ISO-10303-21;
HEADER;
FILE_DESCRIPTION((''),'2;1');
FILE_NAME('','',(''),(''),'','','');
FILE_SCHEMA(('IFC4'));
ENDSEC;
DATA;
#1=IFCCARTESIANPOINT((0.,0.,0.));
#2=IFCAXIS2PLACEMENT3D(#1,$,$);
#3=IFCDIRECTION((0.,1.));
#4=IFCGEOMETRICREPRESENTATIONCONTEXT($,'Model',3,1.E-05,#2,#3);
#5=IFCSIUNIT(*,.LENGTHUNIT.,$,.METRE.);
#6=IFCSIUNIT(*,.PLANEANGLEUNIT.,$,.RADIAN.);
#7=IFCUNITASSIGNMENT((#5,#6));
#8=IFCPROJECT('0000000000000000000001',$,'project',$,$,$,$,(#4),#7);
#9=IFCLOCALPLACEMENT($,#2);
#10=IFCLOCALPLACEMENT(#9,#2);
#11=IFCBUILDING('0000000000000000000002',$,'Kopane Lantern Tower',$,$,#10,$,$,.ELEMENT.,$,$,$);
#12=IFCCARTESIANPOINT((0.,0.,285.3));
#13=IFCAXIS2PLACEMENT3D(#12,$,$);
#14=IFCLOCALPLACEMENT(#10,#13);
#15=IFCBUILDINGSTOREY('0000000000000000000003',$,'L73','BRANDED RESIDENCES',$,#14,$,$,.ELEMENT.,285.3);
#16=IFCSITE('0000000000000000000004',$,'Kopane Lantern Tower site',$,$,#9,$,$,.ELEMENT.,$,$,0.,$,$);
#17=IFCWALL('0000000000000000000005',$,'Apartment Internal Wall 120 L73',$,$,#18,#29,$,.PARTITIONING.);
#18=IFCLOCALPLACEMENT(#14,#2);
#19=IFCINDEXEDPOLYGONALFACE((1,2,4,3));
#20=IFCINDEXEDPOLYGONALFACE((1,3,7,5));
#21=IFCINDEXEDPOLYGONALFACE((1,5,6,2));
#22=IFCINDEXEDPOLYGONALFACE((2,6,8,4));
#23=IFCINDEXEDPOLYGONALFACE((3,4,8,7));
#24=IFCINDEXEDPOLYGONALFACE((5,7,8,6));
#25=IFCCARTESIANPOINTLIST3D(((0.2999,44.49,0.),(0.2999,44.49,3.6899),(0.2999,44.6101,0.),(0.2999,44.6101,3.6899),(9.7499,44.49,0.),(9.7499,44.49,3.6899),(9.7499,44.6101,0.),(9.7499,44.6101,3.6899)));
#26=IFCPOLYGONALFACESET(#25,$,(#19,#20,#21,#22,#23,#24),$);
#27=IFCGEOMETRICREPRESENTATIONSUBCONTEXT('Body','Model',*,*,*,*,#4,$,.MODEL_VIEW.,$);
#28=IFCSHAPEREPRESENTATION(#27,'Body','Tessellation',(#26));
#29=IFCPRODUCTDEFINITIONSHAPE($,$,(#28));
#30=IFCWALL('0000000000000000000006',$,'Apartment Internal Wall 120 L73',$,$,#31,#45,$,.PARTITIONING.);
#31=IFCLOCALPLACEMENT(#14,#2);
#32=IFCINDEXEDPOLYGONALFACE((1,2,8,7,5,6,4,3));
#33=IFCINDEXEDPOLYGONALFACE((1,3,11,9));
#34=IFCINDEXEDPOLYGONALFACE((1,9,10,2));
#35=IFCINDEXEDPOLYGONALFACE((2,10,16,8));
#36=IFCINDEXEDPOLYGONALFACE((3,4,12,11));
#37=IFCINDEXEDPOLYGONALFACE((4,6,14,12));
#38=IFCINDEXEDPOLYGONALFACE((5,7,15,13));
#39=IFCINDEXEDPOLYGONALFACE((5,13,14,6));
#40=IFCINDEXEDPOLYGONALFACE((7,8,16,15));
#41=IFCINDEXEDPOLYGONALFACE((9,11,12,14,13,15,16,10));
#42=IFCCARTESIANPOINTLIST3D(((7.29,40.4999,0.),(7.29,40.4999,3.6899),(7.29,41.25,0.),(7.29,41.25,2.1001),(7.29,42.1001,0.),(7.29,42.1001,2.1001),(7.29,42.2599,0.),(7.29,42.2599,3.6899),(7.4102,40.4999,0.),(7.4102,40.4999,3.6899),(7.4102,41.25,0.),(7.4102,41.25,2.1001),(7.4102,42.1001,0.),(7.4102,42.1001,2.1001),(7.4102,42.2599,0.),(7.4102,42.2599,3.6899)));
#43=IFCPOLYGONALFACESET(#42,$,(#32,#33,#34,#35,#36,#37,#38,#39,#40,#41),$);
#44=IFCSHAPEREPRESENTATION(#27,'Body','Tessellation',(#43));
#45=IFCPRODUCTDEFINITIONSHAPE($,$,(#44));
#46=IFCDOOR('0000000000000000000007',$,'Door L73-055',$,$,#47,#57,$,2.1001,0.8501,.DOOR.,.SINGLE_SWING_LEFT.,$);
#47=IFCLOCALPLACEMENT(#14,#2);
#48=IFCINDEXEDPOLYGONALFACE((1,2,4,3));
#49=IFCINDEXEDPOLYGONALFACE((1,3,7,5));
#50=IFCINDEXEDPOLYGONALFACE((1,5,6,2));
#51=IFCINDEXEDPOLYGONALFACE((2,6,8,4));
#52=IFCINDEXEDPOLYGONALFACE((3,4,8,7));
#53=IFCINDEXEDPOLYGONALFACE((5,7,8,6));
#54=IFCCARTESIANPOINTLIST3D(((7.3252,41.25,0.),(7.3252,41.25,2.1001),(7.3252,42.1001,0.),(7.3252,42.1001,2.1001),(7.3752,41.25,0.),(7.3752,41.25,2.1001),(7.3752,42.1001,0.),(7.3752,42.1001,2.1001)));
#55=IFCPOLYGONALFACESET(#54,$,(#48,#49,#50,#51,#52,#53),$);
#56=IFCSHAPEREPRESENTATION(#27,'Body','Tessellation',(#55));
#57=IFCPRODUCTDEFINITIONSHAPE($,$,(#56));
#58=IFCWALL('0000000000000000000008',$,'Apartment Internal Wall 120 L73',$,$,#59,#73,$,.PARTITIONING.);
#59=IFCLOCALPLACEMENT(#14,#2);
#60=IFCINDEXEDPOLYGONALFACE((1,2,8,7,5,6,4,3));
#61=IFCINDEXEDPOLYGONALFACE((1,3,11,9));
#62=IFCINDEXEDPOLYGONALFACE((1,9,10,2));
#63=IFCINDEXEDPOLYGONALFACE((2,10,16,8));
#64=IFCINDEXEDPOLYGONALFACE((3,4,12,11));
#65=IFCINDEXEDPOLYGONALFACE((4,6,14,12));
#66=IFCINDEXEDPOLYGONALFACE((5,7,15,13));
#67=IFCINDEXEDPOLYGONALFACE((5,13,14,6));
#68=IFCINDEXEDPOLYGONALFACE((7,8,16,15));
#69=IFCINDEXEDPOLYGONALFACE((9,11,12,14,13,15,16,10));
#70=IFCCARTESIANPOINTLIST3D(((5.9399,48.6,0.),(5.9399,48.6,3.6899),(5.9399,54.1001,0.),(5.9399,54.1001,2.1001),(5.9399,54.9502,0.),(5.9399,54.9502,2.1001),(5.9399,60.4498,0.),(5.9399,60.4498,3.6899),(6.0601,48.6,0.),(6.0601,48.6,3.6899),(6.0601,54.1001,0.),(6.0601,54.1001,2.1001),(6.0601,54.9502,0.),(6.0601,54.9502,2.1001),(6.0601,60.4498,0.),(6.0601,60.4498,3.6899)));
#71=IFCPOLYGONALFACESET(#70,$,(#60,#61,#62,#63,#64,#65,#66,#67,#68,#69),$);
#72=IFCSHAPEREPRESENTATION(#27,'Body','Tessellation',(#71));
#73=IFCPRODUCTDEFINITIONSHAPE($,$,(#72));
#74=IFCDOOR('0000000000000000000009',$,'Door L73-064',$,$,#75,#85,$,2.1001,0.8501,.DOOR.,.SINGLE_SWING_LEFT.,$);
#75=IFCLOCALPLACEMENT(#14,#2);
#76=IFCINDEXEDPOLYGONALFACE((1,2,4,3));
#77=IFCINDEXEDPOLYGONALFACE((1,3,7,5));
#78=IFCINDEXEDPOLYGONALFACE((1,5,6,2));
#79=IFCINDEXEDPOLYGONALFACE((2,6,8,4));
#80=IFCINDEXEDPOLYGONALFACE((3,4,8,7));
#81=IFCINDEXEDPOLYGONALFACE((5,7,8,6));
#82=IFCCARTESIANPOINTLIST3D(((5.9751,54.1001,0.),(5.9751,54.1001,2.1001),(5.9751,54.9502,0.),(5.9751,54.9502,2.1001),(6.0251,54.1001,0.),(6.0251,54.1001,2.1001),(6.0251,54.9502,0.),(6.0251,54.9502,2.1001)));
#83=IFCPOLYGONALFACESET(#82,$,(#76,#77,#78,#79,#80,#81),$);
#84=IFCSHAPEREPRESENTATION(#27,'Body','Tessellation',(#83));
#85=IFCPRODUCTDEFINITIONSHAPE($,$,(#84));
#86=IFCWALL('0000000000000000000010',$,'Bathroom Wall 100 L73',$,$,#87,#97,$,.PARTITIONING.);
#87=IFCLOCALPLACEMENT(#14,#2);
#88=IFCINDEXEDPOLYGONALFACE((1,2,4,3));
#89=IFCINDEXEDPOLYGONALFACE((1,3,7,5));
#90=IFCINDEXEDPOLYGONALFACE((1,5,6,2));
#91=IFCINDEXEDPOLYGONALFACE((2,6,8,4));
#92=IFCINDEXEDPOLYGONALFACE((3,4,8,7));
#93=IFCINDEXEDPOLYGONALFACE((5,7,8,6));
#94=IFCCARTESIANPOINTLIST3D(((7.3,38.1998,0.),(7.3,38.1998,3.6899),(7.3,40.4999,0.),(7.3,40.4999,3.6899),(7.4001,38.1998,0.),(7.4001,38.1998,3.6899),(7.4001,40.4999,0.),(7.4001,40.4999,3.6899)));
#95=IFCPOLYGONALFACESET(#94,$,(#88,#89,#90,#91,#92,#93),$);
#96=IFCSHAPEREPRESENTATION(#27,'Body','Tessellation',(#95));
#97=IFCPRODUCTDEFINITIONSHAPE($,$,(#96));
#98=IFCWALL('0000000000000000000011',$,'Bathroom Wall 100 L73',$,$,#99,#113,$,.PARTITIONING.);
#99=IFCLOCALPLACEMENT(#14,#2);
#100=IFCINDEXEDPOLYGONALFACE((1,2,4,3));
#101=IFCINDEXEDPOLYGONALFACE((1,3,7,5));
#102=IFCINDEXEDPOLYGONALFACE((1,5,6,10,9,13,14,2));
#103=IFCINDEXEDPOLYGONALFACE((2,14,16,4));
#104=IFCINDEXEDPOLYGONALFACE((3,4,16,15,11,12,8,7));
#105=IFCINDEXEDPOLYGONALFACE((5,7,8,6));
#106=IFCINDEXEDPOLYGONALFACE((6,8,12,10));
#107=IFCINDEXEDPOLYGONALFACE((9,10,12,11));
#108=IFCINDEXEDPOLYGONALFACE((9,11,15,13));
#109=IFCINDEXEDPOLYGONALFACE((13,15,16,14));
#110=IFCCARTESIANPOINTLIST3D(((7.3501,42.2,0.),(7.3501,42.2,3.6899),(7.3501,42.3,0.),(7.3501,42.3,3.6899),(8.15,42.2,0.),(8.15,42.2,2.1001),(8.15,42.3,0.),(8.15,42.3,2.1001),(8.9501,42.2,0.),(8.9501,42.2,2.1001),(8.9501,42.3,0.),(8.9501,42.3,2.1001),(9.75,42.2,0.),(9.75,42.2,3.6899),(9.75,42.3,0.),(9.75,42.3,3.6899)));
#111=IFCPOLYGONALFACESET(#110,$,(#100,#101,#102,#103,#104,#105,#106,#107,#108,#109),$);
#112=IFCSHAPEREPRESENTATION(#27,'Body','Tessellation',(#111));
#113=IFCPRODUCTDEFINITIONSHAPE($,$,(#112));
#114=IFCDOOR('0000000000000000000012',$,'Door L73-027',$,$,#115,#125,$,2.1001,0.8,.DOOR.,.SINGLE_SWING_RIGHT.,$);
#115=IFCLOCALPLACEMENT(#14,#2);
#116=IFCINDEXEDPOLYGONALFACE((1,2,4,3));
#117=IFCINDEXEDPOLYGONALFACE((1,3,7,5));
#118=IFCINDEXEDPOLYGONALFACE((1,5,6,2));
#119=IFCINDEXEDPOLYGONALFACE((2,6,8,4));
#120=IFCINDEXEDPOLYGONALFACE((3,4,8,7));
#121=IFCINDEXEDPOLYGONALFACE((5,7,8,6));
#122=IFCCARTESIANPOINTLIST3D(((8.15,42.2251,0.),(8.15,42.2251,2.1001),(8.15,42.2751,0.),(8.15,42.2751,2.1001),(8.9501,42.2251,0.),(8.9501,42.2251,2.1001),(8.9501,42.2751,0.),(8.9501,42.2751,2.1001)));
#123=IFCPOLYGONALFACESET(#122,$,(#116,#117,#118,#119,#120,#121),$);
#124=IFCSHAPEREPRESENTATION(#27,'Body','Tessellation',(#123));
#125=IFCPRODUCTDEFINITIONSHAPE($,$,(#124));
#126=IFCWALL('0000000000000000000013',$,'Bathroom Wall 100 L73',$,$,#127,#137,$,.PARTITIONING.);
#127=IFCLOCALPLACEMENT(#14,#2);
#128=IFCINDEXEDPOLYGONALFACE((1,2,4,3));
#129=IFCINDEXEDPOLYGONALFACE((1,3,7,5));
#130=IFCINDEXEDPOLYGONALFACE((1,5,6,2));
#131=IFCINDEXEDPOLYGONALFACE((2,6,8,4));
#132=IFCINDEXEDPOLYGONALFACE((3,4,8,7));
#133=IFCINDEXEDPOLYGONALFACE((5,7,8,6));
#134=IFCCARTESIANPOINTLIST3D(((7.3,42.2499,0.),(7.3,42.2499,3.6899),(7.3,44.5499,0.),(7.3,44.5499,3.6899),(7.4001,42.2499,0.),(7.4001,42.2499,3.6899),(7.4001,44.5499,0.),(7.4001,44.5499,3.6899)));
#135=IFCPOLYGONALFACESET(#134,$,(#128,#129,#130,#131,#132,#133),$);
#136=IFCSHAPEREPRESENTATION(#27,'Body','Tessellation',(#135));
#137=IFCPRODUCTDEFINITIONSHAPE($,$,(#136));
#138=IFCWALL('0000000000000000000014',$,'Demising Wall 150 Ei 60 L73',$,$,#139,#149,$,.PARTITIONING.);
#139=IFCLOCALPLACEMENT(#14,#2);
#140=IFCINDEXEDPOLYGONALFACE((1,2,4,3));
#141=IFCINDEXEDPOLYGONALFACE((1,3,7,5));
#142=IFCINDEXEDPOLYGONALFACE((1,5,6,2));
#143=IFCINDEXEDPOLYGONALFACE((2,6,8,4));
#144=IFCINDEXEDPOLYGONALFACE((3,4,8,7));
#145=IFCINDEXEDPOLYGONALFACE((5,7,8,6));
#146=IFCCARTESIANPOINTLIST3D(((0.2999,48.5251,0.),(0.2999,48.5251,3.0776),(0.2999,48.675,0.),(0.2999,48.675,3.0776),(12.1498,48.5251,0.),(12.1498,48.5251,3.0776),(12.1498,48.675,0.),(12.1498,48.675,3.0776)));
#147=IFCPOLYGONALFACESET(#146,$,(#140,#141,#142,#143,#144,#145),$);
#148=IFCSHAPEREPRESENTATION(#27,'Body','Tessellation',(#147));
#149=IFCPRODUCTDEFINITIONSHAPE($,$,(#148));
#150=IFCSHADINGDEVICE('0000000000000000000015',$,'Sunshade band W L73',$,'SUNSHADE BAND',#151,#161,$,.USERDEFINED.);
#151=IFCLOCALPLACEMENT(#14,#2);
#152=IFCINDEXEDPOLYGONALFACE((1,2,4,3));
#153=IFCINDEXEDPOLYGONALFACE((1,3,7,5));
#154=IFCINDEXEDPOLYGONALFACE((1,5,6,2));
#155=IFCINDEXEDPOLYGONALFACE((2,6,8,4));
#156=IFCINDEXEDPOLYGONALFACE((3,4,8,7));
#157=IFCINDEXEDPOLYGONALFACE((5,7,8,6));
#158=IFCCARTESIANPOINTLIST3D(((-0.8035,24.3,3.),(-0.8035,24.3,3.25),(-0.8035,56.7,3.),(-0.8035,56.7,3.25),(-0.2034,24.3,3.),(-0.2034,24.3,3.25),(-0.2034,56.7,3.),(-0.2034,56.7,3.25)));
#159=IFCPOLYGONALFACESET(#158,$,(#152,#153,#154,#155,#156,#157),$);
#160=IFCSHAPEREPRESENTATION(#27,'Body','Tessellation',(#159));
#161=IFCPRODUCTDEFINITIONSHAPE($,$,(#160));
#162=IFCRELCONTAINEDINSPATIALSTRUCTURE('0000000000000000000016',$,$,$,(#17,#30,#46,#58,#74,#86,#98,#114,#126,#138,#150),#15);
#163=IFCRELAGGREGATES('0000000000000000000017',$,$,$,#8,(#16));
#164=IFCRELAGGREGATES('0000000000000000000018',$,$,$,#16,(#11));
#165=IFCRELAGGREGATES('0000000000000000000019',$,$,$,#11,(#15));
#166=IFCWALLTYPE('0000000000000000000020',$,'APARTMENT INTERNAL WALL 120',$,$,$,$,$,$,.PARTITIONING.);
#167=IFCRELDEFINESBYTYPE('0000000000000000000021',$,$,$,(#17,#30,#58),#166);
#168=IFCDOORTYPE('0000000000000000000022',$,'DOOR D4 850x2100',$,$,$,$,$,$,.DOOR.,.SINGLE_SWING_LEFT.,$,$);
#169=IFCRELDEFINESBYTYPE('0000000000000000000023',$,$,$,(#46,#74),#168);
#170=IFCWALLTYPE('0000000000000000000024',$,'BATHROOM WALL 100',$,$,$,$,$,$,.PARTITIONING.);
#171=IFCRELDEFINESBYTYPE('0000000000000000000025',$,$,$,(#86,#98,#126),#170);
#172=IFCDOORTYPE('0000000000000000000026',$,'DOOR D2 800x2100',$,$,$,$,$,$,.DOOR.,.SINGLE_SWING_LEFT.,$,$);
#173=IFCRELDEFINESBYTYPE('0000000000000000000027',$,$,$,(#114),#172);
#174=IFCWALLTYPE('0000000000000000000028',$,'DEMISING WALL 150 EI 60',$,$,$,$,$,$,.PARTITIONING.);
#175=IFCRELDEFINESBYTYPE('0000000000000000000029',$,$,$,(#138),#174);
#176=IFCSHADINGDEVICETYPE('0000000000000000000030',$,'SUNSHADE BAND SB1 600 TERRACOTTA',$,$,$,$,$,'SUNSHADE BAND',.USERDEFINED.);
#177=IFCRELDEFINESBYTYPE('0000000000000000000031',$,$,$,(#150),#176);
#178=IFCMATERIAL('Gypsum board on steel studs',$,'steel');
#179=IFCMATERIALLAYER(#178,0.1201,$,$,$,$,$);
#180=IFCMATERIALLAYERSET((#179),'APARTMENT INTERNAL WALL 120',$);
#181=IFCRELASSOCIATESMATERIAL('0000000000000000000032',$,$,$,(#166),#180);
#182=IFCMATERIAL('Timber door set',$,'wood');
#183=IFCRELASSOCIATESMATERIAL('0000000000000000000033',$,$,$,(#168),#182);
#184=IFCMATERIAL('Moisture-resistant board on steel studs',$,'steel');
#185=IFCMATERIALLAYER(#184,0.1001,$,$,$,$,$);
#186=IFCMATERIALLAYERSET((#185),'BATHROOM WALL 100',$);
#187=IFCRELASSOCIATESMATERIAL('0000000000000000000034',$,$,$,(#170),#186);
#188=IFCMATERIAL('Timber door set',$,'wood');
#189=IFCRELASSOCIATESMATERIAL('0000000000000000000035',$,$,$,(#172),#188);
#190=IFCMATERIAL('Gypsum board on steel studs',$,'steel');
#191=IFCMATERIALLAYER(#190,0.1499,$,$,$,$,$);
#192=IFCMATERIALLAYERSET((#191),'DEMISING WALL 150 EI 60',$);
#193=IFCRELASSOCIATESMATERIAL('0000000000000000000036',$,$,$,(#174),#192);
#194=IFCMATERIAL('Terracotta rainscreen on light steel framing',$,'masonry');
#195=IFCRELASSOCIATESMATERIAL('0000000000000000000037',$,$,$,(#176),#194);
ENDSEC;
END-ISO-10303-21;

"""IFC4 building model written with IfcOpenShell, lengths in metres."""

from ifc_helpers import new_model, si_unit, direction, frame, frame_2d, origin, origin_2d, place, context, subcontext, project, spatial, rectangle, extrude, material, layer, layer_set, type_object, element, fill, save


model = new_model("IFC4")

# Units and contexts
model_context = context("Model", 3, precision=1e-05, world=origin(), true_north=direction((0.0, 1.0)))
body_context = subcontext(model_context, "Body", "Model", "MODEL_VIEW")
ifc_project = project(units=[si_unit("LENGTHUNIT", "METRE"), si_unit("PLANEANGLEUNIT", "RADIAN")], contexts=[model_context])

# Site, building, storey
site_placement = place(None, origin())
site = spatial("IfcSite", under=ifc_project, at=site_placement, Name="Kopane Lantern Tower site", CompositionType="ELEMENT", RefElevation=0.0)
building_placement = place(site_placement, origin())
building = spatial("IfcBuilding", under=site, at=building_placement, Name="Kopane Lantern Tower", CompositionType="ELEMENT")
storey_placement = place(building_placement, frame((0.0, 0.0, 285.3)))
storey = spatial("IfcBuildingStorey", under=building, at=storey_placement, Name="L73", Description="BRANDED RESIDENCES", CompositionType="ELEMENT", Elevation=285.3)

# Wall
ifc_material_1 = material(Name="Gypsum board on steel studs", Category="steel")
ifc_layer_1 = layer(ifc_material_1, 0.1201)
ifc_layer_set_1 = layer_set([ifc_layer_1], Name="APARTMENT INTERNAL WALL 120")
wall_type_1 = type_object("IfcWallType", Name="APARTMENT INTERNAL WALL 120", PredefinedType="PARTITIONING", material=ifc_layer_set_1)
wall_1_placement = place(storey_placement, frame((9.75, 44.55, 0.0), z_axis=(0.0, 0.0, 1.0), x_axis=(-1.0, 0.0, 0.0)))
element("IfcWall", 1, at=wall_1_placement, inside=storey, type_object=wall_type_1, Name="Apartment Internal Wall 120 L73", PredefinedType="PARTITIONING", context=body_context, shape_type="SweptSolid", body=[
    extrude(rectangle(XDim=9.45, YDim=0.1201, at=frame_2d((4.7251, 0.0))), origin(), (0.0, 0.0, 1.0), 3.6899),
])

# Walls, openings, doors
wall_2_placement = place(storey_placement, frame((7.3501, 40.5, 0.0), z_axis=(0.0, 0.0, 1.0), x_axis=(0.0, 1.0, 0.0)))
wall_2 = element("IfcWall", 2, at=wall_2_placement, inside=storey, type_object=wall_type_1, Name="Apartment Internal Wall 120 L73", PredefinedType="PARTITIONING", context=body_context, shape_type="SweptSolid", body=[
    extrude(rectangle(XDim=1.76, YDim=0.1201, at=frame_2d((0.8799, 0.0))), origin(), (0.0, 0.0, 1.0), 3.6899),
])
opening_1_placement = place(wall_2_placement, frame((0.75, 0.0, 0.0)))
opening_1 = element("IfcOpeningElement", 3, at=opening_1_placement, cuts=wall_2, PredefinedType="OPENING", context=body_context, shape_type="SweptSolid", body=[
    extrude(rectangle(XDim=0.8501, YDim=2.1001, at=frame_2d((0.425, 1.05))), frame((0.0, 0.0701, 0.0), z_axis=(0.0, -1.0, 0.0), x_axis=(1.0, 0.0, 0.0)), (0.0, 0.0, 1.0), 0.1401),
])
ifc_material_2 = material(Name="Timber door set", Category="wood")
door_type_1 = type_object("IfcDoorType", Name="DOOR D4 850x2100", OperationType="SINGLE_SWING_LEFT", PredefinedType="DOOR", material=ifc_material_2)
door_1_placement = place(opening_1_placement, origin())
door_1 = element("IfcDoor", 4, at=door_1_placement, inside=storey, type_object=door_type_1, Name="Door L73-055", OperationType="SINGLE_SWING_LEFT", OverallHeight=2.1001, OverallWidth=0.8501, PredefinedType="DOOR", context=body_context, shape_type="SweptSolid", body=[
    extrude(rectangle(XDim=0.8501, YDim=2.1001, at=frame_2d((0.425, 1.05))), frame((0.0, 0.0249, 0.0), z_axis=(0.0, -1.0, 0.0), x_axis=(1.0, 0.0, 0.0)), (0.0, 0.0, 1.0), 0.05),
])
fill(opening_1, door_1)
wall_3_placement = place(storey_placement, frame((6.0, 48.6001, 0.0), z_axis=(0.0, 0.0, 1.0), x_axis=(0.0, 1.0, 0.0)))
wall_3 = element("IfcWall", 5, at=wall_3_placement, inside=storey, type_object=wall_type_1, Name="Apartment Internal Wall 120 L73", PredefinedType="PARTITIONING", context=body_context, shape_type="SweptSolid", body=[
    extrude(rectangle(XDim=11.8499, YDim=0.1201, at=frame_2d((5.9248, 0.0))), origin(), (0.0, 0.0, 1.0), 3.6899),
])
opening_2_placement = place(wall_3_placement, frame((5.5, 0.0, 0.0)))
opening_2 = element("IfcOpeningElement", 6, at=opening_2_placement, cuts=wall_3, PredefinedType="OPENING", context=body_context, shape_type="SweptSolid", body=[
    extrude(rectangle(XDim=0.8501, YDim=2.1001, at=frame_2d((0.425, 1.05))), frame((0.0, 0.0701, 0.0), z_axis=(0.0, -1.0, 0.0), x_axis=(1.0, 0.0, 0.0)), (0.0, 0.0, 1.0), 0.1401),
])
door_2_placement = place(opening_2_placement, origin())
door_2 = element("IfcDoor", 7, at=door_2_placement, inside=storey, type_object=door_type_1, Name="Door L73-064", OperationType="SINGLE_SWING_LEFT", OverallHeight=2.1001, OverallWidth=0.8501, PredefinedType="DOOR", context=body_context, shape_type="SweptSolid", body=[
    extrude(rectangle(XDim=0.8501, YDim=2.1001, at=frame_2d((0.425, 1.05))), frame((0.0, 0.0249, 0.0), z_axis=(0.0, -1.0, 0.0), x_axis=(1.0, 0.0, 0.0)), (0.0, 0.0, 1.0), 0.05),
])
fill(opening_2, door_2)

# Wall
ifc_material_3 = material(Name="Moisture-resistant board on steel studs", Category="steel")
ifc_layer_2 = layer(ifc_material_3, 0.1001)
ifc_layer_set_2 = layer_set([ifc_layer_2], Name="BATHROOM WALL 100")
wall_type_2 = type_object("IfcWallType", Name="BATHROOM WALL 100", PredefinedType="PARTITIONING", material=ifc_layer_set_2)
wall_4_placement = place(storey_placement, frame((7.3501, 38.2, 0.0), z_axis=(0.0, 0.0, 1.0), x_axis=(0.0, 1.0, 0.0)))
element("IfcWall", 8, at=wall_4_placement, inside=storey, type_object=wall_type_2, Name="Bathroom Wall 100 L73", PredefinedType="PARTITIONING", context=body_context, shape_type="SweptSolid", body=[
    extrude(rectangle(XDim=2.3, YDim=0.1001, at=frame_2d((1.1499, 0.0))), origin(), (0.0, 0.0, 1.0), 3.6899),
])

# Wall, opening, door
wall_5_placement = place(storey_placement, frame((9.75, 42.25, 0.0), z_axis=(0.0, 0.0, 1.0), x_axis=(-1.0, 0.0, 0.0)))
wall_5 = element("IfcWall", 9, at=wall_5_placement, inside=storey, type_object=wall_type_2, Name="Bathroom Wall 100 L73", PredefinedType="PARTITIONING", context=body_context, shape_type="SweptSolid", body=[
    extrude(rectangle(XDim=2.3999, YDim=0.1001, at=frame_2d((1.2, 0.0))), origin(), (0.0, 0.0, 1.0), 3.6899),
])
opening_3_placement = place(wall_5_placement, frame((0.8, 0.0, 0.0)))
opening_3 = element("IfcOpeningElement", 10, at=opening_3_placement, cuts=wall_5, PredefinedType="OPENING", context=body_context, shape_type="SweptSolid", body=[
    extrude(rectangle(XDim=0.8, YDim=2.1001, at=frame_2d((0.3999, 1.05))), frame((0.0, 0.0601, 0.0), z_axis=(0.0, -1.0, 0.0), x_axis=(1.0, 0.0, 0.0)), (0.0, 0.0, 1.0), 0.1201),
])
ifc_material_4 = material(Name="Timber door set", Category="wood")
door_type_2 = type_object("IfcDoorType", Name="DOOR D2 800x2100", OperationType="SINGLE_SWING_LEFT", PredefinedType="DOOR", material=ifc_material_4)
door_3_placement = place(opening_3_placement, origin())
door_3 = element("IfcDoor", 11, at=door_3_placement, inside=storey, type_object=door_type_2, Name="Door L73-027", OperationType="SINGLE_SWING_RIGHT", OverallHeight=2.1001, OverallWidth=0.8, PredefinedType="DOOR", context=body_context, shape_type="SweptSolid", body=[
    extrude(rectangle(XDim=0.8, YDim=2.1001, at=frame_2d((0.3999, 1.05))), frame((0.0, 0.0249, 0.0), z_axis=(0.0, -1.0, 0.0), x_axis=(1.0, 0.0, 0.0)), (0.0, 0.0, 1.0), 0.05),
])
fill(opening_3, door_3)

# Walls
wall_6_placement = place(storey_placement, frame((7.3501, 42.25, 0.0), z_axis=(0.0, 0.0, 1.0), x_axis=(0.0, 1.0, 0.0)))
element("IfcWall", 12, at=wall_6_placement, inside=storey, type_object=wall_type_2, Name="Bathroom Wall 100 L73", PredefinedType="PARTITIONING", context=body_context, shape_type="SweptSolid", body=[
    extrude(rectangle(XDim=2.3, YDim=0.1001, at=frame_2d((1.1499, 0.0))), origin(), (0.0, 0.0, 1.0), 3.6899),
])
ifc_material_5 = material(Name="Gypsum board on steel studs", Category="steel")
ifc_layer_3 = layer(ifc_material_5, 0.1499)
ifc_layer_set_3 = layer_set([ifc_layer_3], Name="DEMISING WALL 150 EI 60")
wall_type_3 = type_object("IfcWallType", Name="DEMISING WALL 150 EI 60", PredefinedType="PARTITIONING", material=ifc_layer_set_3)
wall_7_placement = place(storey_placement, frame((0.3, 48.6001, 0.0), z_axis=(0.0, 0.0, 1.0), x_axis=(1.0, 0.0, 0.0)))
element("IfcWall", 13, at=wall_7_placement, inside=storey, type_object=wall_type_3, Name="Demising Wall 150 Ei 60 L73", PredefinedType="PARTITIONING", context=body_context, shape_type="SweptSolid", body=[
    extrude(rectangle(XDim=11.8499, YDim=0.1499, at=frame_2d((5.9248, 0.0))), origin(), (0.0, 0.0, 1.0), 3.0776),
])

# Shading device
ifc_material_6 = material(Name="Terracotta rainscreen on light steel framing", Category="masonry")
shading_device_type = type_object("IfcShadingDeviceType", Name="SUNSHADE BAND SB1 600 TERRACOTTA", ElementType="SUNSHADE BAND", PredefinedType="USERDEFINED", material=ifc_material_6)
shading_device_placement = place(storey_placement, frame((-0.5034, 40.5, 3.0), z_axis=(0.0, 0.0, 1.0), x_axis=(0.0, -1.0, 0.0)))
element("IfcShadingDevice", 14, at=shading_device_placement, inside=storey, type_object=shading_device_type, Name="Sunshade band W L73", ObjectType="SUNSHADE BAND", PredefinedType="USERDEFINED", context=body_context, shape_type="SweptSolid", body=[
    extrude(rectangle(XDim=32.3999, YDim=0.6001, at=origin_2d()), origin(), (0.0, 0.0, 1.0), 0.25),
])

save(model, "model.ifc")
